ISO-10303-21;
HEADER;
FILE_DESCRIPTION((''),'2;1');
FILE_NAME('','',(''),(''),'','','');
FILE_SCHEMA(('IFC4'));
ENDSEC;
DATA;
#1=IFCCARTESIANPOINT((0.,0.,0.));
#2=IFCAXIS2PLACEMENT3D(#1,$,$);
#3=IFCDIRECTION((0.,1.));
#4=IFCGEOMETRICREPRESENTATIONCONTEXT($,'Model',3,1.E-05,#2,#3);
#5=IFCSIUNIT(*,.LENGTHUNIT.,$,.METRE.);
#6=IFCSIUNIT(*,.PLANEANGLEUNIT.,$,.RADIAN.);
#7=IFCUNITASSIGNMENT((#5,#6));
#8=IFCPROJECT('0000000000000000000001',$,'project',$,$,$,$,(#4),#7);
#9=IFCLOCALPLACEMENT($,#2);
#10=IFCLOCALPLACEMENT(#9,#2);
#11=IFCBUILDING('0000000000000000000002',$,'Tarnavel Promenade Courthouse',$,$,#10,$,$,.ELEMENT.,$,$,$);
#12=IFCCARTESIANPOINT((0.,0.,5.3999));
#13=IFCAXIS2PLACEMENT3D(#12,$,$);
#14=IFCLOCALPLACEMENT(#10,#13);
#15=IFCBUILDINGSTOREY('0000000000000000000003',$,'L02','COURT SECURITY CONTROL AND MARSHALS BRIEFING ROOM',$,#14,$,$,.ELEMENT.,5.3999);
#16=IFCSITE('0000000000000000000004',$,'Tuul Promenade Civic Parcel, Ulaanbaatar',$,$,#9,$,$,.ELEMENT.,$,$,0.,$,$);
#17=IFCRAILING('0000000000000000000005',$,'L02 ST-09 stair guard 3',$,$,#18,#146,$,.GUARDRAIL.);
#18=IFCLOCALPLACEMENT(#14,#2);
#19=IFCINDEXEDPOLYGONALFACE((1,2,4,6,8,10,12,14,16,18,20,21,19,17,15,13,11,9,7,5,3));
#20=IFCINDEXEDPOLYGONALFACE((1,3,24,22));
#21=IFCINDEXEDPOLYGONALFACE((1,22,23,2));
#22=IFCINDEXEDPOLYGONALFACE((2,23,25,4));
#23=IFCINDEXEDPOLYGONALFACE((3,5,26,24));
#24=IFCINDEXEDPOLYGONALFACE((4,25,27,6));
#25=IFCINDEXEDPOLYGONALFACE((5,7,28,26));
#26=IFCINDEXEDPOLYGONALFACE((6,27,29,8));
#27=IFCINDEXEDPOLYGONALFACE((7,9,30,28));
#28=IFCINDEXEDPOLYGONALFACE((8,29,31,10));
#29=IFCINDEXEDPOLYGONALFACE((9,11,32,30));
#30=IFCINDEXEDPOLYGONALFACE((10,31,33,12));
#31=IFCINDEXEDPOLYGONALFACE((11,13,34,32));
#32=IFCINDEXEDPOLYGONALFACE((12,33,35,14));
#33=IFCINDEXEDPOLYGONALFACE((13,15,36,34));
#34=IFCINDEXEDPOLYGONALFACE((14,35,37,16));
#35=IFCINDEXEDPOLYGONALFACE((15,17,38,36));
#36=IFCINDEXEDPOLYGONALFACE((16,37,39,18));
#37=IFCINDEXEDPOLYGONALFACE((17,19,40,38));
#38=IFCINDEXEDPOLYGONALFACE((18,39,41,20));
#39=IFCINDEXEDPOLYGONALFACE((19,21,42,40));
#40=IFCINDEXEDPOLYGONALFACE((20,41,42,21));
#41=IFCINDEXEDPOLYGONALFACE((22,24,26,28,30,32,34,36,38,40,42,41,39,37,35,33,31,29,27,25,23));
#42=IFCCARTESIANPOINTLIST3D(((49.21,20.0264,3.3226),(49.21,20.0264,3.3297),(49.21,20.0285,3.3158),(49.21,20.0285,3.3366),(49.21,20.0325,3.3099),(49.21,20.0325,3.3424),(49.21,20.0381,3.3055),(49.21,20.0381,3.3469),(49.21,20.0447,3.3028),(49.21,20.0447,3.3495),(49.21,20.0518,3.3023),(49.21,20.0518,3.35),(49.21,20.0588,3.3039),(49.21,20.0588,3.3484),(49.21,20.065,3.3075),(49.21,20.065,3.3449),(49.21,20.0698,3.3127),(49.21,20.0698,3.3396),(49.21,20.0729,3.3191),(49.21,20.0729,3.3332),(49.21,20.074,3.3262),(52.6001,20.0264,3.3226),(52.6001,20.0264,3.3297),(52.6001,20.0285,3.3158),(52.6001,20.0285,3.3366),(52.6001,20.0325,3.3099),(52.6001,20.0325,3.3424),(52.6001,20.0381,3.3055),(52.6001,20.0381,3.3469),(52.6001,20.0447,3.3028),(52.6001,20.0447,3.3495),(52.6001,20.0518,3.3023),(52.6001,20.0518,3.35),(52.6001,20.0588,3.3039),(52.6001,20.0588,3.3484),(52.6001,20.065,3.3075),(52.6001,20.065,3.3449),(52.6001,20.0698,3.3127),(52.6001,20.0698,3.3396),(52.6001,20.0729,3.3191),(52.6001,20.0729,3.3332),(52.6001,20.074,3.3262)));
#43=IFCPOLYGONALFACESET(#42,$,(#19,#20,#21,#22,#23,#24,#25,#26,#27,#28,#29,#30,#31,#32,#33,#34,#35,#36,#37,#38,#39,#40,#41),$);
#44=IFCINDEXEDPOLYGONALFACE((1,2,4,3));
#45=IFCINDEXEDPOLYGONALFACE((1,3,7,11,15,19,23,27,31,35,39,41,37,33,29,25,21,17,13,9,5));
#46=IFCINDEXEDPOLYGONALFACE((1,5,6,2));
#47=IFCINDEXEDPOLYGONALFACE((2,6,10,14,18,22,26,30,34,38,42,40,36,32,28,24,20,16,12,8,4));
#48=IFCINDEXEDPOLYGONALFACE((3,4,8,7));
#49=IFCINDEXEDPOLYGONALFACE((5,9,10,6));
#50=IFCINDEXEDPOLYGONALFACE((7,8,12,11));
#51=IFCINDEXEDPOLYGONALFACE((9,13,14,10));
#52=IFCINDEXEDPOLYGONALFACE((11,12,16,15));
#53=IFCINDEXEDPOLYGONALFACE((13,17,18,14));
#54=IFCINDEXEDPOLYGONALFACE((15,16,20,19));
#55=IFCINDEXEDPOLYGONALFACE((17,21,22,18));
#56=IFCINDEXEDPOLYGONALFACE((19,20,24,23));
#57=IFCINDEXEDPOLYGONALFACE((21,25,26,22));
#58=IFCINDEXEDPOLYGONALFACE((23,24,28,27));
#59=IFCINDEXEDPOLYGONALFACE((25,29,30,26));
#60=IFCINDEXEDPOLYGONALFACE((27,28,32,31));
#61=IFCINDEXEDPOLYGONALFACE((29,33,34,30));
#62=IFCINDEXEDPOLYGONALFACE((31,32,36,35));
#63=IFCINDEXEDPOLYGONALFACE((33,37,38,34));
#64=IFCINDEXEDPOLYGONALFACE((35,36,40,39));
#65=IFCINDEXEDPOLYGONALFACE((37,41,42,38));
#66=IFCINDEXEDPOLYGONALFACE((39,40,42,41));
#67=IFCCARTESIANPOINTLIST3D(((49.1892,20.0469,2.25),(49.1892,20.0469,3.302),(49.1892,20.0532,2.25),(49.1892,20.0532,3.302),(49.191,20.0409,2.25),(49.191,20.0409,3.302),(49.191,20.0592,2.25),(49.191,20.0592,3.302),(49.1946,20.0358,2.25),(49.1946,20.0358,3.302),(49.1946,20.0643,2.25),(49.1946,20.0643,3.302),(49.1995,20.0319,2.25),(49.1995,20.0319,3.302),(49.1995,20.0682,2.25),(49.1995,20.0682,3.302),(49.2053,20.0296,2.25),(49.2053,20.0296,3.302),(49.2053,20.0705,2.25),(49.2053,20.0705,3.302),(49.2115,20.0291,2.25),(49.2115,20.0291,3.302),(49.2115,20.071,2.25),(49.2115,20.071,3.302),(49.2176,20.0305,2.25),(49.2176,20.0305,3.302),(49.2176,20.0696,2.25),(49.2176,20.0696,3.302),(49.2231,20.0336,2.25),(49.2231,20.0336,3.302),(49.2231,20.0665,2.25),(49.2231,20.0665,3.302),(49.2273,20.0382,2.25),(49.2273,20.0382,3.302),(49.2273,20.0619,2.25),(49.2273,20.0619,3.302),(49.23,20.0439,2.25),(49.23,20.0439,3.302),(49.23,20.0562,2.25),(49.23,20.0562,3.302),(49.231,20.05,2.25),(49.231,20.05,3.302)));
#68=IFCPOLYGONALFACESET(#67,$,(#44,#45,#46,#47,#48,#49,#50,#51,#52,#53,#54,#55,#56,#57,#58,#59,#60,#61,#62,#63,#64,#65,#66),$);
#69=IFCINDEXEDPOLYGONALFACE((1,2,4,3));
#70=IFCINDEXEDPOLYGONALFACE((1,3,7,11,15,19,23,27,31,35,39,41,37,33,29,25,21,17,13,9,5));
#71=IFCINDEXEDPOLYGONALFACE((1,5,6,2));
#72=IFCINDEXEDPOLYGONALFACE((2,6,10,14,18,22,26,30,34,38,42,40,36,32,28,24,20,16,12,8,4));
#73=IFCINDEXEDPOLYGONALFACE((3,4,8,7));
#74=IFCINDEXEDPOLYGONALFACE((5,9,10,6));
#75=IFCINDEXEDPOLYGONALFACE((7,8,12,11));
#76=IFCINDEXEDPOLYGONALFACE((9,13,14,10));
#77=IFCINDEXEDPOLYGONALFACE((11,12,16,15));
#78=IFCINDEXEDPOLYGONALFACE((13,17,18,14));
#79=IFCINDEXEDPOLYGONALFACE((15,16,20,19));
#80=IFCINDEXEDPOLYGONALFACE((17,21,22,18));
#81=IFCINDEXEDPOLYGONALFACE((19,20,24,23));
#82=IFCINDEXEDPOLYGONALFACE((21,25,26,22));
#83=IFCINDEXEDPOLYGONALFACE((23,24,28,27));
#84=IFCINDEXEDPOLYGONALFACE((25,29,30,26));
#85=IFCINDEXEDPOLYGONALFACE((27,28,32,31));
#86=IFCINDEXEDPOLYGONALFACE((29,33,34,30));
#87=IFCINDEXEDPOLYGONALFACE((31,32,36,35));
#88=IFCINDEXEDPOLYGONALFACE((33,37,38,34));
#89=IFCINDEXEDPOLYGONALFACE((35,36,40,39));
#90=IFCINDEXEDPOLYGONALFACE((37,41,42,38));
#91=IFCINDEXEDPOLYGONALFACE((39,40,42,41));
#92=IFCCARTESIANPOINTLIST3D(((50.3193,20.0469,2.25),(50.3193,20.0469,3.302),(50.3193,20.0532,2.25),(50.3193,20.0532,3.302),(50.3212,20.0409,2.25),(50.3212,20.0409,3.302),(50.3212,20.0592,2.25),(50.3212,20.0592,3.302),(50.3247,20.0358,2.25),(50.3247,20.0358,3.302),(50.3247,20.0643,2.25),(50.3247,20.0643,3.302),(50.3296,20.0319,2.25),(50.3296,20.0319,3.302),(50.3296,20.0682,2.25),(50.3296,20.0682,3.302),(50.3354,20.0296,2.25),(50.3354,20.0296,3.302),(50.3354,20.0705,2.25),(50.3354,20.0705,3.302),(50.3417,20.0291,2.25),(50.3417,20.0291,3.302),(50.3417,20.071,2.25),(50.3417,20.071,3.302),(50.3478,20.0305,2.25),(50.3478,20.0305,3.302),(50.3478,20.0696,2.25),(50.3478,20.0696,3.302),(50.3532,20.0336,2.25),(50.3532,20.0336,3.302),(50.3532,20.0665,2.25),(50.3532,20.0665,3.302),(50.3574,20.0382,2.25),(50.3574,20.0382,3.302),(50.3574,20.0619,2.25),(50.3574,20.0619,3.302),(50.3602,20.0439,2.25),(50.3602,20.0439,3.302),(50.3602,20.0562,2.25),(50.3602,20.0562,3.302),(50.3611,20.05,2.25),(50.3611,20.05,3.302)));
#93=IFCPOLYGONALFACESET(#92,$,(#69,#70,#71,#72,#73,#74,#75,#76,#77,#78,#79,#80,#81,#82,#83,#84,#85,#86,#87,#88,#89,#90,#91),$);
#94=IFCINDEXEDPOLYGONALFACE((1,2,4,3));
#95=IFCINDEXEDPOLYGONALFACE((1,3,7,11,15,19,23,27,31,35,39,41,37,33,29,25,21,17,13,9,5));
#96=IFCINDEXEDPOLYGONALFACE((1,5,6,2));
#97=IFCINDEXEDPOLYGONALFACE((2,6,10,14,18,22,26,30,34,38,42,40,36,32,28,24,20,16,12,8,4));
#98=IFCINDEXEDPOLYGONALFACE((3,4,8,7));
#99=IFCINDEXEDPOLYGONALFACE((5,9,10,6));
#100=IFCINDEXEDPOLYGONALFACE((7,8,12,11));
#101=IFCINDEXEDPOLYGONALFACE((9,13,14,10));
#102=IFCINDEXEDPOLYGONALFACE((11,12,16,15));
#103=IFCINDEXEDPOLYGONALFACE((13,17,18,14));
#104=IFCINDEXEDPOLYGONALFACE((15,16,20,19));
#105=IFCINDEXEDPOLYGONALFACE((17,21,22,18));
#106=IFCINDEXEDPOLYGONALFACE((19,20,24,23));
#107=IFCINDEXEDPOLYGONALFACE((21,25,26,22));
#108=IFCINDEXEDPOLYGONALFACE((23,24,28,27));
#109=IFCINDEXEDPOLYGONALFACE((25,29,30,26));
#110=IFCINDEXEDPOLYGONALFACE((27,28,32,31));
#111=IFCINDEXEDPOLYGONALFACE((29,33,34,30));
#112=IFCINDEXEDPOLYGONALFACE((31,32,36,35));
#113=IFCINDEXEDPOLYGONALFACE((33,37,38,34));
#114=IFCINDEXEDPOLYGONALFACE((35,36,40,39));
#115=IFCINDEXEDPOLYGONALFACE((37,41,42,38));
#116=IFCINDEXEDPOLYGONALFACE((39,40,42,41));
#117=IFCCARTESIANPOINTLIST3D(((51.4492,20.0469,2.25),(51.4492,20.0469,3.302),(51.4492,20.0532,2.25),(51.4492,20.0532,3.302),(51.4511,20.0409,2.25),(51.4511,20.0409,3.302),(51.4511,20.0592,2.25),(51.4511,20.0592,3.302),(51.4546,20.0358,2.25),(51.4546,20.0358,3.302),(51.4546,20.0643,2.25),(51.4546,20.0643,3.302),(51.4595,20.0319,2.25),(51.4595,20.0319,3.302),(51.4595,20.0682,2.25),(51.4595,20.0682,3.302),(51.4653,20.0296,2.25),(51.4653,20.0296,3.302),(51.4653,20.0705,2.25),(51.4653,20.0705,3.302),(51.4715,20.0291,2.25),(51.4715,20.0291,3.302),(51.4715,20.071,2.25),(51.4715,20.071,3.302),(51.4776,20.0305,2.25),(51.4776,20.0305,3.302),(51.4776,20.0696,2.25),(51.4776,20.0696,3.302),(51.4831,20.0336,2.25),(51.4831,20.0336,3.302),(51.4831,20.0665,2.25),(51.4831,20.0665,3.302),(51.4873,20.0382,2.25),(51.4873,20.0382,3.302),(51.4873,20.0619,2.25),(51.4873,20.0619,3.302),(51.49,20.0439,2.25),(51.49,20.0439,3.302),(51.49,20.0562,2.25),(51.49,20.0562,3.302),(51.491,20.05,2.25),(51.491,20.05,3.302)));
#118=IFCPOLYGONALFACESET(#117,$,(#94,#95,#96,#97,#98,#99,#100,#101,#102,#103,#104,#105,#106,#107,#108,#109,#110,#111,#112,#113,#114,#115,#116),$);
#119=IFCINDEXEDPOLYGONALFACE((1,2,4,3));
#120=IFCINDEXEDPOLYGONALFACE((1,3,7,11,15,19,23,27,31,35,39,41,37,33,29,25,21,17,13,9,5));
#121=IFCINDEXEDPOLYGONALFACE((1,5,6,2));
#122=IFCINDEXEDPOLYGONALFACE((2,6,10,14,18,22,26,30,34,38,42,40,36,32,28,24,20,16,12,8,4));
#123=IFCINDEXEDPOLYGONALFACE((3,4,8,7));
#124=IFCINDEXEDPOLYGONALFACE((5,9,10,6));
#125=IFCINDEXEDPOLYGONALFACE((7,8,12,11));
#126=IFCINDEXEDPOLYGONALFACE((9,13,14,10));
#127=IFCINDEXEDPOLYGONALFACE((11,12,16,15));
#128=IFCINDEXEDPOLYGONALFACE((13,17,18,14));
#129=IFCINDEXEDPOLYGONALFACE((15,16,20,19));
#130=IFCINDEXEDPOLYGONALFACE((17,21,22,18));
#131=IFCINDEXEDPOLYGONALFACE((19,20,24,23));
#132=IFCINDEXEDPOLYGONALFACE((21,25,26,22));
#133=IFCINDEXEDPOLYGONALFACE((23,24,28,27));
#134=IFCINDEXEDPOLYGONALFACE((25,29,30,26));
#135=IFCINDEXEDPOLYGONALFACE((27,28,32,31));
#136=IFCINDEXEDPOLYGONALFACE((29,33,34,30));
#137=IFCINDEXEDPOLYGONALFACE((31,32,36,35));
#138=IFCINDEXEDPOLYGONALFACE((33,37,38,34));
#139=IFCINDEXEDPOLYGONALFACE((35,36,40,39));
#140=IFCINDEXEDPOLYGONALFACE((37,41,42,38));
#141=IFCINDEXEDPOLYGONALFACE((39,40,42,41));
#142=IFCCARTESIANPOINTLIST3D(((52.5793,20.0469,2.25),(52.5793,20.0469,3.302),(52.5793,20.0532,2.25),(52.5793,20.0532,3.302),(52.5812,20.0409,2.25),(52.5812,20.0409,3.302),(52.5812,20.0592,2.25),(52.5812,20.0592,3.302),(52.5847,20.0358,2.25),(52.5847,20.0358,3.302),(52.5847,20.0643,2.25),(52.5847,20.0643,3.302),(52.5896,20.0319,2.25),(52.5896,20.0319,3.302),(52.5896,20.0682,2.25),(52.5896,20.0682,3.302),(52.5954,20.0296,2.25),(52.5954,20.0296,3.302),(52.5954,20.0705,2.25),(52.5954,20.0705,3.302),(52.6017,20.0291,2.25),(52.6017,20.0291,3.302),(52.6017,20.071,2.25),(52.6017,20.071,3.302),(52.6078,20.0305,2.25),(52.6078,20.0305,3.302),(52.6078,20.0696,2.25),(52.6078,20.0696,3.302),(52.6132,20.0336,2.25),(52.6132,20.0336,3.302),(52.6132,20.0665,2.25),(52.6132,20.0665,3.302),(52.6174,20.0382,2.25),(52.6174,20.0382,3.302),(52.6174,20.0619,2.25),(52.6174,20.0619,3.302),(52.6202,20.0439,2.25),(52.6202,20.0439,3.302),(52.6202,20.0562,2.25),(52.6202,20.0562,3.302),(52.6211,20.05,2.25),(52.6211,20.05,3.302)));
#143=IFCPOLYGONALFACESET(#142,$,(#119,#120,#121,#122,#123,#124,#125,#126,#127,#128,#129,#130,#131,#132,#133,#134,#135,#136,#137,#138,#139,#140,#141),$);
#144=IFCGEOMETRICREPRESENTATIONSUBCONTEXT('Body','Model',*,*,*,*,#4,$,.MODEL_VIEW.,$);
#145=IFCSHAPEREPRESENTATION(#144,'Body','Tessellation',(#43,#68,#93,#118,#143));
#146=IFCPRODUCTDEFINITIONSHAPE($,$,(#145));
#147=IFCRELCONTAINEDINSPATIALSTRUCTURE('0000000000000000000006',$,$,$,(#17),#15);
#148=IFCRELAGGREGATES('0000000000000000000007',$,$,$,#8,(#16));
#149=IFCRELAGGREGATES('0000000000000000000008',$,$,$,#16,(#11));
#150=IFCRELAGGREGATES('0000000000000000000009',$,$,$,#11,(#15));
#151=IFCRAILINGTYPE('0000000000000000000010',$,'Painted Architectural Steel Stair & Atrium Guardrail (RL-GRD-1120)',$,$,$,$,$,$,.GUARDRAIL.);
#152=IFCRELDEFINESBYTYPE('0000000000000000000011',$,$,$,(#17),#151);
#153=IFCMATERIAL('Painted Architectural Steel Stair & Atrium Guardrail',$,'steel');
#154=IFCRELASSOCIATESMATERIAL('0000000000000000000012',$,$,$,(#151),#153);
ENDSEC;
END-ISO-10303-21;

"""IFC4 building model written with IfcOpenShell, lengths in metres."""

from ifc_helpers import new_model, si_unit, direction, frame, origin, origin_2d, place, context, subcontext, project, spatial, circle, extrude, material, type_object, element, save


model = new_model("IFC4")

# Units and contexts
model_context = context("Model", 3, precision=1e-05, world=origin(), true_north=direction((0.0, 1.0)))
body_context = subcontext(model_context, "Body", "Model", "MODEL_VIEW")
ifc_project = project(units=[si_unit("LENGTHUNIT", "METRE"), si_unit("PLANEANGLEUNIT", "RADIAN")], contexts=[model_context])

# Site, building, storey
site_placement = place(None, origin())
site = spatial("IfcSite", under=ifc_project, at=site_placement, Name="Tuul Promenade Civic Parcel, Ulaanbaatar", CompositionType="ELEMENT", RefElevation=0.0)
building_placement = place(site_placement, origin())
building = spatial("IfcBuilding", under=site, at=building_placement, Name="Tarnavel Promenade Courthouse", CompositionType="ELEMENT")
storey_placement = place(building_placement, frame((0.0, 0.0, 5.3999)))
storey = spatial("IfcBuildingStorey", under=building, at=storey_placement, Name="L02", Description="COURT SECURITY CONTROL AND MARSHALS BRIEFING ROOM", CompositionType="ELEMENT", Elevation=5.3999)

# Railing
ifc_material_1 = material(Name="Painted Architectural Steel Stair & Atrium Guardrail", Category="steel")
railing_type_1 = type_object("IfcRailingType", Name="Painted Architectural Steel Stair & Atrium Guardrail (RL-GRD-1120)", PredefinedType="GUARDRAIL", material=ifc_material_1)
railing_1_placement = place(storey_placement, frame((49.21, 20.05, 2.25)))
element("IfcRailing", 1, at=railing_1_placement, inside=storey, type_object=railing_type_1, Name="L02 ST-09 stair guard 3", PredefinedType="GUARDRAIL", context=body_context, shape_type="SweptSolid", body=[
    extrude(circle(Radius=0.0239, at=origin_2d()), frame((0.0, 0.0, 1.0762), z_axis=(1.0, 0.0, 0.0), x_axis=(0.0, 1.0, 0.0)), (0.0, 0.0, 1.0), 3.3901),
    extrude(circle(Radius=0.021, at=origin_2d()), origin(), (0.0, 0.0, 1.0), 1.052),
    extrude(circle(Radius=0.021, at=origin_2d()), frame((1.1301, 0.0, 0.0)), (0.0, 0.0, 1.0), 1.052),
    extrude(circle(Radius=0.021, at=origin_2d()), frame((2.26, 0.0, 0.0)), (0.0, 0.0, 1.0), 1.052),
    extrude(circle(Radius=0.021, at=origin_2d()), frame((3.3901, 0.0, 0.0)), (0.0, 0.0, 1.0), 1.052),
])

save(model, "model.ifc")
